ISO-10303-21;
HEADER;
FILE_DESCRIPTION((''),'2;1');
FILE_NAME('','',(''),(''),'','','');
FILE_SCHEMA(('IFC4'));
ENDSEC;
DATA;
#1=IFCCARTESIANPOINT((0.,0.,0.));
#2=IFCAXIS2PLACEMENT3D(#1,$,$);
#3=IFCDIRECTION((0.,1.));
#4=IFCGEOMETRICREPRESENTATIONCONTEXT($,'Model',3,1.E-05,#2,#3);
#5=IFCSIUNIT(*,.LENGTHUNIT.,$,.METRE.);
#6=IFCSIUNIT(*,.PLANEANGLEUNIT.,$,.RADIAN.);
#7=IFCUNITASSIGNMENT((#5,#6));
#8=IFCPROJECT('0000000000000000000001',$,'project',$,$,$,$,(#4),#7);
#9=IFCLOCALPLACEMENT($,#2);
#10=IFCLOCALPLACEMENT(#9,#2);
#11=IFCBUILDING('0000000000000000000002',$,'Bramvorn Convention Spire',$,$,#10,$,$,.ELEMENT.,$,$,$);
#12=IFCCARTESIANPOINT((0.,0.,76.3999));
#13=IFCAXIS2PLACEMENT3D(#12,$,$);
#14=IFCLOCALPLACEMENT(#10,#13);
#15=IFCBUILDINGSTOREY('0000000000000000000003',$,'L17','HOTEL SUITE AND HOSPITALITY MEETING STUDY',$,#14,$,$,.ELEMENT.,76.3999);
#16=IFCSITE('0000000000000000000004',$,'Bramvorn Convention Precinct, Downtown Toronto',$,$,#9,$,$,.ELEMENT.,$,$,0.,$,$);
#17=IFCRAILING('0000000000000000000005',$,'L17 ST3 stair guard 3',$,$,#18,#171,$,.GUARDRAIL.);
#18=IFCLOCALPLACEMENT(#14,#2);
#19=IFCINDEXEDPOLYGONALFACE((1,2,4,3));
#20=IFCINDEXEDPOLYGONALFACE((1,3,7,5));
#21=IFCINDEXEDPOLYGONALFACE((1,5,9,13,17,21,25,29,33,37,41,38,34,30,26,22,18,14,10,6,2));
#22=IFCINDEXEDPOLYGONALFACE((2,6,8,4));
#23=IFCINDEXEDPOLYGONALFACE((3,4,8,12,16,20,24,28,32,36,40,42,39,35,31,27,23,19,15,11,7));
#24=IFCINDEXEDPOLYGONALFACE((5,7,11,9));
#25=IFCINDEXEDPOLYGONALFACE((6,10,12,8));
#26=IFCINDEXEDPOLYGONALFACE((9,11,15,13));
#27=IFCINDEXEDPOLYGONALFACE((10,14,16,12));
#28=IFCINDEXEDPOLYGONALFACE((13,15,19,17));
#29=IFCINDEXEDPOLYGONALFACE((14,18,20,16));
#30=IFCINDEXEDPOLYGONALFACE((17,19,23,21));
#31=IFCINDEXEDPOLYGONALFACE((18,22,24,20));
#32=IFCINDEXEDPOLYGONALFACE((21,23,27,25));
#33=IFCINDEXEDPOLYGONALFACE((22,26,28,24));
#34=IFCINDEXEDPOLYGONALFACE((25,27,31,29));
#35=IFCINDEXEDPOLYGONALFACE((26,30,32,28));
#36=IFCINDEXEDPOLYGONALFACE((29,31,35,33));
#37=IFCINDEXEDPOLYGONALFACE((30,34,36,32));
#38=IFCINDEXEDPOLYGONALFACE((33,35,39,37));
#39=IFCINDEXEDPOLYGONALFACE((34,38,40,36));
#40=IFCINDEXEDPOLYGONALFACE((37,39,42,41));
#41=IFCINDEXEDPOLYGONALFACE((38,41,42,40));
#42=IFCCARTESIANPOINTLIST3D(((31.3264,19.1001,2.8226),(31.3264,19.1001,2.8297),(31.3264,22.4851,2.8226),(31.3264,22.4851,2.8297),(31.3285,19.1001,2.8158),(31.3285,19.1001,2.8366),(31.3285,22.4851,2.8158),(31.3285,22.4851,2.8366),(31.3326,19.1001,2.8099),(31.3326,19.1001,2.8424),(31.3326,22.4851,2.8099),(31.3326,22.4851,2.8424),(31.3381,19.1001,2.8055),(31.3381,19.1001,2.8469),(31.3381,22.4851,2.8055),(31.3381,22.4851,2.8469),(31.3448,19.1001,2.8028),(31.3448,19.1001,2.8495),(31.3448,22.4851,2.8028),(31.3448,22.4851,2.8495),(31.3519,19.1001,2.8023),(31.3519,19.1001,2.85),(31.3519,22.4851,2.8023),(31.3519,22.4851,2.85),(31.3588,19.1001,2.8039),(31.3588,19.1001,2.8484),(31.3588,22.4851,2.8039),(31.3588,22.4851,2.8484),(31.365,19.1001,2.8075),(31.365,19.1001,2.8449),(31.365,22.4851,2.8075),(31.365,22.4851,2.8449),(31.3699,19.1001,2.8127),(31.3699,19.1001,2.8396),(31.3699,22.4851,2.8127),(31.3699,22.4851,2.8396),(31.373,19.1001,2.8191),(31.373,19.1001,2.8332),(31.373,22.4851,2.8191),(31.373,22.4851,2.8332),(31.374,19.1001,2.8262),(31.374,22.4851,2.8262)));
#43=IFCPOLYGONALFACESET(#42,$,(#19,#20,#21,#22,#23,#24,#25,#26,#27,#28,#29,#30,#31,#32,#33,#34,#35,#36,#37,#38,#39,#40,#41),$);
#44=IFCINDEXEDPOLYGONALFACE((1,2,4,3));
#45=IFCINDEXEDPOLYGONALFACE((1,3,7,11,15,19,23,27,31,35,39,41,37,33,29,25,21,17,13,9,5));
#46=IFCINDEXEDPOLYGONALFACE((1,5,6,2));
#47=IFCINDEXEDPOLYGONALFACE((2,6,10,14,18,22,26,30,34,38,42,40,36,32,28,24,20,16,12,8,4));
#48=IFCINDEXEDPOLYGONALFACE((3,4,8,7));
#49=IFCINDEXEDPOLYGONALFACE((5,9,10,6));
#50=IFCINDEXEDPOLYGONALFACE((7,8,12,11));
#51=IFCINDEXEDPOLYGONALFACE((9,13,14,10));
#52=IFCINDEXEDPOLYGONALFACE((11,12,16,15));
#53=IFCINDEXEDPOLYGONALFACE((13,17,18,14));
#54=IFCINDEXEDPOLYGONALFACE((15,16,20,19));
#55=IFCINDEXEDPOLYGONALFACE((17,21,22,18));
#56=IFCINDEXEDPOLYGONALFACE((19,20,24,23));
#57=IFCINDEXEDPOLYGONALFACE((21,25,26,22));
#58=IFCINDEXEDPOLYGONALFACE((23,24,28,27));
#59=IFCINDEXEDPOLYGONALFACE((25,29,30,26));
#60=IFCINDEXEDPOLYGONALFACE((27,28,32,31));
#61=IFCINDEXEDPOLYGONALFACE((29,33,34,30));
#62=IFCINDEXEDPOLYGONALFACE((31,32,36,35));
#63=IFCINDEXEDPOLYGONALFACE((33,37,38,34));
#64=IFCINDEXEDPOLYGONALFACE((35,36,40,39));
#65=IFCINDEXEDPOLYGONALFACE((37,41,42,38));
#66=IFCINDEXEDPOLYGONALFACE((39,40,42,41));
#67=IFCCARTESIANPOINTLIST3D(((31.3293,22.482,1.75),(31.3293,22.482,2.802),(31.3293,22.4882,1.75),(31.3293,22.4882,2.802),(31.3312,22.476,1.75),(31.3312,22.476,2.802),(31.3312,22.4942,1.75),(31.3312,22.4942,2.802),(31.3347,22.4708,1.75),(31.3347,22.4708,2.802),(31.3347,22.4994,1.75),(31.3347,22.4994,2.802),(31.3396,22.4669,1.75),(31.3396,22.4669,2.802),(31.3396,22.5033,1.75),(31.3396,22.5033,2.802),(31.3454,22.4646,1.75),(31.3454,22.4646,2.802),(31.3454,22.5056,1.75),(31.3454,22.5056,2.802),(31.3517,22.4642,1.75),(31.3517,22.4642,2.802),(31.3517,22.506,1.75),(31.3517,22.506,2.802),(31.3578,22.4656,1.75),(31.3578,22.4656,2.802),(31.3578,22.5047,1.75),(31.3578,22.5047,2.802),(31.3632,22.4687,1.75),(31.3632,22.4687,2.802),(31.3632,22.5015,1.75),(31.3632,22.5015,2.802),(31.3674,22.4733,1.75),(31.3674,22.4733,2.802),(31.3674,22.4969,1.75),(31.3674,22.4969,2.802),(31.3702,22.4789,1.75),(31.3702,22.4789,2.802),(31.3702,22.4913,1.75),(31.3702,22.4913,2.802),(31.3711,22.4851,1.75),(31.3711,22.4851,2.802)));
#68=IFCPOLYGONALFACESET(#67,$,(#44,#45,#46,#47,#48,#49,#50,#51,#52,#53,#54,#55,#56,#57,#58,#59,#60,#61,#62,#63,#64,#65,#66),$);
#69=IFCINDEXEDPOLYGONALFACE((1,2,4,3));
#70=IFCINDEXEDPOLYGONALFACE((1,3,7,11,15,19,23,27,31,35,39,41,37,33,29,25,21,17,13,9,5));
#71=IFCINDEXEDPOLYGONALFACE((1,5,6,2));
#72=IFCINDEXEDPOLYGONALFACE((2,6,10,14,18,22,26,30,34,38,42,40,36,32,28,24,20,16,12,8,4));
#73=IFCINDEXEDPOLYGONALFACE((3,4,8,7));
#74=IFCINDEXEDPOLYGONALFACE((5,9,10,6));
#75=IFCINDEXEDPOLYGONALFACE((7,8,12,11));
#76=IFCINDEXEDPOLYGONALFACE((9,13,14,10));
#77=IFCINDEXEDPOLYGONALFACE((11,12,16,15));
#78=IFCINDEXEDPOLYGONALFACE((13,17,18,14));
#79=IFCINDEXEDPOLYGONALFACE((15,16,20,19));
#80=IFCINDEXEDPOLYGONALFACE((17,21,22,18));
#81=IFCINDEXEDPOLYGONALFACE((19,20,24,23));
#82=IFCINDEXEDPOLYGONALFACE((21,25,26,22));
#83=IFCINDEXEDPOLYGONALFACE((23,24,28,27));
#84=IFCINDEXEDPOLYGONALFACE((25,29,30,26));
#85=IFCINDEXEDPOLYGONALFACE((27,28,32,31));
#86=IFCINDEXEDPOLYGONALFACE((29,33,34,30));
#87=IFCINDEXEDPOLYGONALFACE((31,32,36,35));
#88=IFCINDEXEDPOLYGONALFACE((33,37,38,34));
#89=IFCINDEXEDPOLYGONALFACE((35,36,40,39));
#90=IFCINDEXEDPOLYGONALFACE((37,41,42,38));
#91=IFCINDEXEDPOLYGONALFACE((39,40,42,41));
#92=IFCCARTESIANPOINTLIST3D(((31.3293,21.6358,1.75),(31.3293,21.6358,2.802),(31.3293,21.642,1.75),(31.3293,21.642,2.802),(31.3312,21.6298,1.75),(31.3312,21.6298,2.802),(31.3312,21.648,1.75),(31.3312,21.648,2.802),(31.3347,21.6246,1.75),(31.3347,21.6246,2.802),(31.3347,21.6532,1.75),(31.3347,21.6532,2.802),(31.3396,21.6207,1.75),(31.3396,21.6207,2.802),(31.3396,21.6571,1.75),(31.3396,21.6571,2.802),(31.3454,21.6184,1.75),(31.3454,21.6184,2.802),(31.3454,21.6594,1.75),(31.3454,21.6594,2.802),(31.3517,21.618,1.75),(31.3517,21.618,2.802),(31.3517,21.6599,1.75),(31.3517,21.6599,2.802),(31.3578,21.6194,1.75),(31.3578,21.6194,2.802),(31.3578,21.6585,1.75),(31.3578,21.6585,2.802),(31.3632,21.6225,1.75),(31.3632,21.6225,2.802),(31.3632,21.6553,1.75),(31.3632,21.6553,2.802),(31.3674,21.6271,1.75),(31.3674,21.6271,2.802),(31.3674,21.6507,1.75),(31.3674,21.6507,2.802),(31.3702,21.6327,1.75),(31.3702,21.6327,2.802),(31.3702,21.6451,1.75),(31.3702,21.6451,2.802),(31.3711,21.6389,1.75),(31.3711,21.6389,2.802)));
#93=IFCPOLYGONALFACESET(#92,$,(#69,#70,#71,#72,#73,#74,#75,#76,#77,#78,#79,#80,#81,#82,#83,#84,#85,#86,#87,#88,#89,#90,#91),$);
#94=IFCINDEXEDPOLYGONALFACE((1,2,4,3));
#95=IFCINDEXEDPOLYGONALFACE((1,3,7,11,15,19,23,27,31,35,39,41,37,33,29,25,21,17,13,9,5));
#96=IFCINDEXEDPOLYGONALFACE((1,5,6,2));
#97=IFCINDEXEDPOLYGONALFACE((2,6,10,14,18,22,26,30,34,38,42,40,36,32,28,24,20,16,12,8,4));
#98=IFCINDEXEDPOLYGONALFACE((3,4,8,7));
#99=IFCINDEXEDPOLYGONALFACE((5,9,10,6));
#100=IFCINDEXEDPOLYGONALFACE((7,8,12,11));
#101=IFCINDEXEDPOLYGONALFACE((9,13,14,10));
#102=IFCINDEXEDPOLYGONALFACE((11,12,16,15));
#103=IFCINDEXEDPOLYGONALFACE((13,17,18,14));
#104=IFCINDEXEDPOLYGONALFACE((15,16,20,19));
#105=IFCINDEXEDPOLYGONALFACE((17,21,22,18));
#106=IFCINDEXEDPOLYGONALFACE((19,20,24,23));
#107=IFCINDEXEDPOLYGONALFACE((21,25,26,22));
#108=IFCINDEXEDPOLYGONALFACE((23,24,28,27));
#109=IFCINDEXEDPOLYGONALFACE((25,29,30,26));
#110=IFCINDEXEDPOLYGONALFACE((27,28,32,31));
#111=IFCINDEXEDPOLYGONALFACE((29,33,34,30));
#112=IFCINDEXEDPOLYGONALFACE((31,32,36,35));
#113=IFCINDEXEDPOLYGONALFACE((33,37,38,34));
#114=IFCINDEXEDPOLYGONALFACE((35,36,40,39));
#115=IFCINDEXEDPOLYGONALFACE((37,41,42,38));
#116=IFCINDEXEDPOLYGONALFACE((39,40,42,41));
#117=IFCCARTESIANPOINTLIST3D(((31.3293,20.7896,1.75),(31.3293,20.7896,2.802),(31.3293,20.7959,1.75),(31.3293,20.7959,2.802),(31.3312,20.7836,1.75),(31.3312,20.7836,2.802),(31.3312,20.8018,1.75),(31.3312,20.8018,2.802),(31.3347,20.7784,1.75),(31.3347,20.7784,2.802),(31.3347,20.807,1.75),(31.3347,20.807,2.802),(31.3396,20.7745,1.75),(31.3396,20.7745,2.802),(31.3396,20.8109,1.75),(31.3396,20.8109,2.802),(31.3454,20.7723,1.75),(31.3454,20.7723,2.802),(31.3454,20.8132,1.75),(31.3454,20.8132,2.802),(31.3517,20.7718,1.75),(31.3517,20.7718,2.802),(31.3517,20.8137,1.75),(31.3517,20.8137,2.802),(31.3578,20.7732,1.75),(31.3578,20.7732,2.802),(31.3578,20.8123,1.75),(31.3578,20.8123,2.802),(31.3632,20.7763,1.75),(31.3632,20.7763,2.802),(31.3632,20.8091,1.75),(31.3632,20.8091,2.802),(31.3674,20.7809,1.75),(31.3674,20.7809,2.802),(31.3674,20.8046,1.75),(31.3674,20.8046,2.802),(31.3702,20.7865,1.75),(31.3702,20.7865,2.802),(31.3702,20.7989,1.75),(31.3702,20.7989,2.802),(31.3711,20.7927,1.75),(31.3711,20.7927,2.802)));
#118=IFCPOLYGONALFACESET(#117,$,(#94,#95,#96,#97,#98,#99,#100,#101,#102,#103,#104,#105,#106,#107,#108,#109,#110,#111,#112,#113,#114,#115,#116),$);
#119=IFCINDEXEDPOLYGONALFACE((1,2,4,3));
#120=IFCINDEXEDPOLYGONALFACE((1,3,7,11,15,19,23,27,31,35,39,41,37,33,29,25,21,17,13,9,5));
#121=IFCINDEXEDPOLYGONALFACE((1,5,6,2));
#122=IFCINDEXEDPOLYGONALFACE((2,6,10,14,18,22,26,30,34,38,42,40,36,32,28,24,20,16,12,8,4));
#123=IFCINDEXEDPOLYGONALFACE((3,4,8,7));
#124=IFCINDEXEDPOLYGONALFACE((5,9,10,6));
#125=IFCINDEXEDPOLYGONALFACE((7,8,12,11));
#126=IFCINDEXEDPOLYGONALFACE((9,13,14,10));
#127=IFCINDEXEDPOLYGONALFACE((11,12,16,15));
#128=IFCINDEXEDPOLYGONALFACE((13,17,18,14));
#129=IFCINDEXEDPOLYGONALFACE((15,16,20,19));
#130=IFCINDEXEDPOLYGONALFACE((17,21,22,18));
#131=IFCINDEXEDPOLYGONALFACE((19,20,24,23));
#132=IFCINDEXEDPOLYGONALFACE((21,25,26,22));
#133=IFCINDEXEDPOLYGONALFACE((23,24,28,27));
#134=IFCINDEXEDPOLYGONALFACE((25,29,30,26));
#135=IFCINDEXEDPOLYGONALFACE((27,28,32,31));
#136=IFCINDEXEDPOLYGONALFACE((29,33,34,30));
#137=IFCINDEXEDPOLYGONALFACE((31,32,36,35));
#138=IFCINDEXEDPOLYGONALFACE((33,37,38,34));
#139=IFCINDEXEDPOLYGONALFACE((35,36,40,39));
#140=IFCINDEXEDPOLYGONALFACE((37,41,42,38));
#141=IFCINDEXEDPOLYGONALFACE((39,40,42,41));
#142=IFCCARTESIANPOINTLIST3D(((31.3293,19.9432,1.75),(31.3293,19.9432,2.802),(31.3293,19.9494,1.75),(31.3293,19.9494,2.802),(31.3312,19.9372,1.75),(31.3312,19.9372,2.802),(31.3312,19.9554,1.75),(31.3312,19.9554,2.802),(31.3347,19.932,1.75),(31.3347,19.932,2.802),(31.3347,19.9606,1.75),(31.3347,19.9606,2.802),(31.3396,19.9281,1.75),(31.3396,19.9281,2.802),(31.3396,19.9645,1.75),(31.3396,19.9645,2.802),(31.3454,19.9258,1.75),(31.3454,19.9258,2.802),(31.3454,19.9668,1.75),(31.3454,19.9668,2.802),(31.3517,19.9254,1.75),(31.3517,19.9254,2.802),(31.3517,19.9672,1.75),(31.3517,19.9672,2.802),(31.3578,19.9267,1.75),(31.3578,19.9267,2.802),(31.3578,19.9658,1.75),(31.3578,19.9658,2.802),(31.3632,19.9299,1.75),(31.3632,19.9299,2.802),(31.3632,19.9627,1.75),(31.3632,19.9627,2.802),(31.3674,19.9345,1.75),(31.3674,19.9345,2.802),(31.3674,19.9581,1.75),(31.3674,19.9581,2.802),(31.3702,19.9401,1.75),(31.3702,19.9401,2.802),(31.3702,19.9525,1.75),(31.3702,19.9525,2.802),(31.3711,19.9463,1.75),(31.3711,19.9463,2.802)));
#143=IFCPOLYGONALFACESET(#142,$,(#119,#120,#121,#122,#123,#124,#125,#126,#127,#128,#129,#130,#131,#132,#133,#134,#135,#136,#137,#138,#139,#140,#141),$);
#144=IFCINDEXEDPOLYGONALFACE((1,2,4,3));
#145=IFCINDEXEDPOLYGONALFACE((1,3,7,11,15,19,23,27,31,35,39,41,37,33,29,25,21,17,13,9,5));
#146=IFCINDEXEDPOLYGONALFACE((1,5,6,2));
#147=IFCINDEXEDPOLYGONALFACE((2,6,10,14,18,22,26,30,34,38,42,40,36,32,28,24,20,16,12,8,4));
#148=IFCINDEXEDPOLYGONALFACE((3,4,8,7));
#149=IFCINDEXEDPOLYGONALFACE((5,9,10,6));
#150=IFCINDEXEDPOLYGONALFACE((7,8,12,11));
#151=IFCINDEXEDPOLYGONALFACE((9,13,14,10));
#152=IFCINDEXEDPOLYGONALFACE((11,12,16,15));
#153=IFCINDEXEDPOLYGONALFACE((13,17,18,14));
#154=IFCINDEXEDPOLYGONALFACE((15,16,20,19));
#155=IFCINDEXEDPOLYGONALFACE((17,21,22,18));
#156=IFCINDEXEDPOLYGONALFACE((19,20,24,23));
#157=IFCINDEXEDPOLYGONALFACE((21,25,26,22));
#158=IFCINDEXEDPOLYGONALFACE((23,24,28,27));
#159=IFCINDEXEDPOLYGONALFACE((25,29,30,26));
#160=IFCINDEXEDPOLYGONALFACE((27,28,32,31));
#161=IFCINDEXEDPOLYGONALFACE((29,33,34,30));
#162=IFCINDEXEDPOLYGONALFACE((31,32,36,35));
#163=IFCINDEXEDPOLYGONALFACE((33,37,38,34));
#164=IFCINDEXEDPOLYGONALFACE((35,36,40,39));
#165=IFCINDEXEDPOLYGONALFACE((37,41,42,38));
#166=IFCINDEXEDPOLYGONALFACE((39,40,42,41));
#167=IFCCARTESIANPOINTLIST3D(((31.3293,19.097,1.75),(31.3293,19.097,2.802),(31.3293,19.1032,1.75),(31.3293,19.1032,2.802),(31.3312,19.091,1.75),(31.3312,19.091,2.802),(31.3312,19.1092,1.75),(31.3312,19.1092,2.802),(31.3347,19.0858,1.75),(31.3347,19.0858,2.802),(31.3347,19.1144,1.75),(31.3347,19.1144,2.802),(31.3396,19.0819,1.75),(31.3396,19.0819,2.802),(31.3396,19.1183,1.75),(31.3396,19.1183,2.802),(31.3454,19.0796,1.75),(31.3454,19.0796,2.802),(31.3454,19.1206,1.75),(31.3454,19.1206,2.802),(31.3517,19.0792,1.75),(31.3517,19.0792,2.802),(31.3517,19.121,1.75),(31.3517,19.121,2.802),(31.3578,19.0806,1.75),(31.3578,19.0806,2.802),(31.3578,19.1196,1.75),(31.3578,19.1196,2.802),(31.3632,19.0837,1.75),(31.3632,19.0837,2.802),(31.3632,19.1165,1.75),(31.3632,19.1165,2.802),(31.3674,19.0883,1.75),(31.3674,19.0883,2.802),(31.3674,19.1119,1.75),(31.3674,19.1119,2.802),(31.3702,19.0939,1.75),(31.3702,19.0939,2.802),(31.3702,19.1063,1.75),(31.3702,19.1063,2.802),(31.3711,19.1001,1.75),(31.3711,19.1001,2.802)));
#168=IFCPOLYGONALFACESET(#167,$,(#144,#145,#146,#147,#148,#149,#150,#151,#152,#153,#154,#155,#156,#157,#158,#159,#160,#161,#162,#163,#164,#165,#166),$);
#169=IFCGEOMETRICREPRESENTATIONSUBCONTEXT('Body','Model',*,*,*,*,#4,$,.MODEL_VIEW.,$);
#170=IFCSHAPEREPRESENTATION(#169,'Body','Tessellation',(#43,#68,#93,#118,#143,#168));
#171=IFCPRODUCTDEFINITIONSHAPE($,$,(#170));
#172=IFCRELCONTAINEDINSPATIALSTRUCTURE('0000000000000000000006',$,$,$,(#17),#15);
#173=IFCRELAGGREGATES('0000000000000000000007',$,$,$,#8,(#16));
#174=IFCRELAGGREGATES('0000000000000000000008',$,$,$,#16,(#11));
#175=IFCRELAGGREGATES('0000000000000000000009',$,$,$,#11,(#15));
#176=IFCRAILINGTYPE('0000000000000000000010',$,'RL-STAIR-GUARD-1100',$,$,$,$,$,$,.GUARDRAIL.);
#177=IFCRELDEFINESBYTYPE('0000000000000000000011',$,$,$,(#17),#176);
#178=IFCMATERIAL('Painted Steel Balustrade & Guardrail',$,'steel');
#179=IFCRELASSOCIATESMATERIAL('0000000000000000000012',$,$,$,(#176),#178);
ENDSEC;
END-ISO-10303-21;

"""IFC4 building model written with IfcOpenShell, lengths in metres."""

from ifc_helpers import new_model, si_unit, direction, frame, origin, origin_2d, place, context, subcontext, project, spatial, circle, extrude, material, type_object, element, save


model = new_model("IFC4")

# Units and contexts
model_context = context("Model", 3, precision=1e-05, world=origin(), true_north=direction((0.0, 1.0)))
body_context = subcontext(model_context, "Body", "Model", "MODEL_VIEW")
ifc_project = project(units=[si_unit("LENGTHUNIT", "METRE"), si_unit("PLANEANGLEUNIT", "RADIAN")], contexts=[model_context])

# Site, building, storey
site_placement = place(None, origin())
site = spatial("IfcSite", under=ifc_project, at=site_placement, Name="Bramvorn Convention Precinct, Downtown Toronto", CompositionType="ELEMENT", RefElevation=0.0)
building_placement = place(site_placement, origin())
building = spatial("IfcBuilding", under=site, at=building_placement, Name="Bramvorn Convention Spire", CompositionType="ELEMENT")
storey_placement = place(building_placement, frame((0.0, 0.0, 76.3999)))
storey = spatial("IfcBuildingStorey", under=building, at=storey_placement, Name="L17", Description="HOTEL SUITE AND HOSPITALITY MEETING STUDY", CompositionType="ELEMENT", Elevation=76.3999)

# Railing
ifc_material_1 = material(Name="Painted Steel Balustrade & Guardrail", Category="steel")
railing_type_1 = type_object("IfcRailingType", Name="RL-STAIR-GUARD-1100", PredefinedType="GUARDRAIL", material=ifc_material_1)
for number, where, name in (
    (1, (31.3501, 22.4851, 1.75), "L17 ST3 stair guard 3"),
):
    element("IfcRailing", number, at=place(storey_placement, frame(where)), inside=storey, type_object=railing_type_1, Name=name, PredefinedType="GUARDRAIL", context=body_context, shape_type="SweptSolid", body=[
        extrude(circle(Radius=0.0239, at=origin_2d()), frame((0.0, 0.0, 1.0762), z_axis=(0.0, -1.0, 0.0), x_axis=(1.0, 0.0, 0.0)), (0.0, 0.0, 1.0), 3.385),
        extrude(circle(Radius=0.021, at=origin_2d()), origin(), (0.0, 0.0, 1.0), 1.052),
        extrude(circle(Radius=0.021, at=origin_2d()), frame((0.0, -0.8462, 0.0)), (0.0, 0.0, 1.0), 1.052),
        extrude(circle(Radius=0.021, at=origin_2d()), frame((0.0, -1.6924, 0.0)), (0.0, 0.0, 1.0), 1.052),
        extrude(circle(Radius=0.021, at=origin_2d()), frame((0.0, -2.5388, 0.0)), (0.0, 0.0, 1.0), 1.052),
        extrude(circle(Radius=0.021, at=origin_2d()), frame((0.0, -3.385, 0.0)), (0.0, 0.0, 1.0), 1.052),
    ])

save(model, "model.ifc")
